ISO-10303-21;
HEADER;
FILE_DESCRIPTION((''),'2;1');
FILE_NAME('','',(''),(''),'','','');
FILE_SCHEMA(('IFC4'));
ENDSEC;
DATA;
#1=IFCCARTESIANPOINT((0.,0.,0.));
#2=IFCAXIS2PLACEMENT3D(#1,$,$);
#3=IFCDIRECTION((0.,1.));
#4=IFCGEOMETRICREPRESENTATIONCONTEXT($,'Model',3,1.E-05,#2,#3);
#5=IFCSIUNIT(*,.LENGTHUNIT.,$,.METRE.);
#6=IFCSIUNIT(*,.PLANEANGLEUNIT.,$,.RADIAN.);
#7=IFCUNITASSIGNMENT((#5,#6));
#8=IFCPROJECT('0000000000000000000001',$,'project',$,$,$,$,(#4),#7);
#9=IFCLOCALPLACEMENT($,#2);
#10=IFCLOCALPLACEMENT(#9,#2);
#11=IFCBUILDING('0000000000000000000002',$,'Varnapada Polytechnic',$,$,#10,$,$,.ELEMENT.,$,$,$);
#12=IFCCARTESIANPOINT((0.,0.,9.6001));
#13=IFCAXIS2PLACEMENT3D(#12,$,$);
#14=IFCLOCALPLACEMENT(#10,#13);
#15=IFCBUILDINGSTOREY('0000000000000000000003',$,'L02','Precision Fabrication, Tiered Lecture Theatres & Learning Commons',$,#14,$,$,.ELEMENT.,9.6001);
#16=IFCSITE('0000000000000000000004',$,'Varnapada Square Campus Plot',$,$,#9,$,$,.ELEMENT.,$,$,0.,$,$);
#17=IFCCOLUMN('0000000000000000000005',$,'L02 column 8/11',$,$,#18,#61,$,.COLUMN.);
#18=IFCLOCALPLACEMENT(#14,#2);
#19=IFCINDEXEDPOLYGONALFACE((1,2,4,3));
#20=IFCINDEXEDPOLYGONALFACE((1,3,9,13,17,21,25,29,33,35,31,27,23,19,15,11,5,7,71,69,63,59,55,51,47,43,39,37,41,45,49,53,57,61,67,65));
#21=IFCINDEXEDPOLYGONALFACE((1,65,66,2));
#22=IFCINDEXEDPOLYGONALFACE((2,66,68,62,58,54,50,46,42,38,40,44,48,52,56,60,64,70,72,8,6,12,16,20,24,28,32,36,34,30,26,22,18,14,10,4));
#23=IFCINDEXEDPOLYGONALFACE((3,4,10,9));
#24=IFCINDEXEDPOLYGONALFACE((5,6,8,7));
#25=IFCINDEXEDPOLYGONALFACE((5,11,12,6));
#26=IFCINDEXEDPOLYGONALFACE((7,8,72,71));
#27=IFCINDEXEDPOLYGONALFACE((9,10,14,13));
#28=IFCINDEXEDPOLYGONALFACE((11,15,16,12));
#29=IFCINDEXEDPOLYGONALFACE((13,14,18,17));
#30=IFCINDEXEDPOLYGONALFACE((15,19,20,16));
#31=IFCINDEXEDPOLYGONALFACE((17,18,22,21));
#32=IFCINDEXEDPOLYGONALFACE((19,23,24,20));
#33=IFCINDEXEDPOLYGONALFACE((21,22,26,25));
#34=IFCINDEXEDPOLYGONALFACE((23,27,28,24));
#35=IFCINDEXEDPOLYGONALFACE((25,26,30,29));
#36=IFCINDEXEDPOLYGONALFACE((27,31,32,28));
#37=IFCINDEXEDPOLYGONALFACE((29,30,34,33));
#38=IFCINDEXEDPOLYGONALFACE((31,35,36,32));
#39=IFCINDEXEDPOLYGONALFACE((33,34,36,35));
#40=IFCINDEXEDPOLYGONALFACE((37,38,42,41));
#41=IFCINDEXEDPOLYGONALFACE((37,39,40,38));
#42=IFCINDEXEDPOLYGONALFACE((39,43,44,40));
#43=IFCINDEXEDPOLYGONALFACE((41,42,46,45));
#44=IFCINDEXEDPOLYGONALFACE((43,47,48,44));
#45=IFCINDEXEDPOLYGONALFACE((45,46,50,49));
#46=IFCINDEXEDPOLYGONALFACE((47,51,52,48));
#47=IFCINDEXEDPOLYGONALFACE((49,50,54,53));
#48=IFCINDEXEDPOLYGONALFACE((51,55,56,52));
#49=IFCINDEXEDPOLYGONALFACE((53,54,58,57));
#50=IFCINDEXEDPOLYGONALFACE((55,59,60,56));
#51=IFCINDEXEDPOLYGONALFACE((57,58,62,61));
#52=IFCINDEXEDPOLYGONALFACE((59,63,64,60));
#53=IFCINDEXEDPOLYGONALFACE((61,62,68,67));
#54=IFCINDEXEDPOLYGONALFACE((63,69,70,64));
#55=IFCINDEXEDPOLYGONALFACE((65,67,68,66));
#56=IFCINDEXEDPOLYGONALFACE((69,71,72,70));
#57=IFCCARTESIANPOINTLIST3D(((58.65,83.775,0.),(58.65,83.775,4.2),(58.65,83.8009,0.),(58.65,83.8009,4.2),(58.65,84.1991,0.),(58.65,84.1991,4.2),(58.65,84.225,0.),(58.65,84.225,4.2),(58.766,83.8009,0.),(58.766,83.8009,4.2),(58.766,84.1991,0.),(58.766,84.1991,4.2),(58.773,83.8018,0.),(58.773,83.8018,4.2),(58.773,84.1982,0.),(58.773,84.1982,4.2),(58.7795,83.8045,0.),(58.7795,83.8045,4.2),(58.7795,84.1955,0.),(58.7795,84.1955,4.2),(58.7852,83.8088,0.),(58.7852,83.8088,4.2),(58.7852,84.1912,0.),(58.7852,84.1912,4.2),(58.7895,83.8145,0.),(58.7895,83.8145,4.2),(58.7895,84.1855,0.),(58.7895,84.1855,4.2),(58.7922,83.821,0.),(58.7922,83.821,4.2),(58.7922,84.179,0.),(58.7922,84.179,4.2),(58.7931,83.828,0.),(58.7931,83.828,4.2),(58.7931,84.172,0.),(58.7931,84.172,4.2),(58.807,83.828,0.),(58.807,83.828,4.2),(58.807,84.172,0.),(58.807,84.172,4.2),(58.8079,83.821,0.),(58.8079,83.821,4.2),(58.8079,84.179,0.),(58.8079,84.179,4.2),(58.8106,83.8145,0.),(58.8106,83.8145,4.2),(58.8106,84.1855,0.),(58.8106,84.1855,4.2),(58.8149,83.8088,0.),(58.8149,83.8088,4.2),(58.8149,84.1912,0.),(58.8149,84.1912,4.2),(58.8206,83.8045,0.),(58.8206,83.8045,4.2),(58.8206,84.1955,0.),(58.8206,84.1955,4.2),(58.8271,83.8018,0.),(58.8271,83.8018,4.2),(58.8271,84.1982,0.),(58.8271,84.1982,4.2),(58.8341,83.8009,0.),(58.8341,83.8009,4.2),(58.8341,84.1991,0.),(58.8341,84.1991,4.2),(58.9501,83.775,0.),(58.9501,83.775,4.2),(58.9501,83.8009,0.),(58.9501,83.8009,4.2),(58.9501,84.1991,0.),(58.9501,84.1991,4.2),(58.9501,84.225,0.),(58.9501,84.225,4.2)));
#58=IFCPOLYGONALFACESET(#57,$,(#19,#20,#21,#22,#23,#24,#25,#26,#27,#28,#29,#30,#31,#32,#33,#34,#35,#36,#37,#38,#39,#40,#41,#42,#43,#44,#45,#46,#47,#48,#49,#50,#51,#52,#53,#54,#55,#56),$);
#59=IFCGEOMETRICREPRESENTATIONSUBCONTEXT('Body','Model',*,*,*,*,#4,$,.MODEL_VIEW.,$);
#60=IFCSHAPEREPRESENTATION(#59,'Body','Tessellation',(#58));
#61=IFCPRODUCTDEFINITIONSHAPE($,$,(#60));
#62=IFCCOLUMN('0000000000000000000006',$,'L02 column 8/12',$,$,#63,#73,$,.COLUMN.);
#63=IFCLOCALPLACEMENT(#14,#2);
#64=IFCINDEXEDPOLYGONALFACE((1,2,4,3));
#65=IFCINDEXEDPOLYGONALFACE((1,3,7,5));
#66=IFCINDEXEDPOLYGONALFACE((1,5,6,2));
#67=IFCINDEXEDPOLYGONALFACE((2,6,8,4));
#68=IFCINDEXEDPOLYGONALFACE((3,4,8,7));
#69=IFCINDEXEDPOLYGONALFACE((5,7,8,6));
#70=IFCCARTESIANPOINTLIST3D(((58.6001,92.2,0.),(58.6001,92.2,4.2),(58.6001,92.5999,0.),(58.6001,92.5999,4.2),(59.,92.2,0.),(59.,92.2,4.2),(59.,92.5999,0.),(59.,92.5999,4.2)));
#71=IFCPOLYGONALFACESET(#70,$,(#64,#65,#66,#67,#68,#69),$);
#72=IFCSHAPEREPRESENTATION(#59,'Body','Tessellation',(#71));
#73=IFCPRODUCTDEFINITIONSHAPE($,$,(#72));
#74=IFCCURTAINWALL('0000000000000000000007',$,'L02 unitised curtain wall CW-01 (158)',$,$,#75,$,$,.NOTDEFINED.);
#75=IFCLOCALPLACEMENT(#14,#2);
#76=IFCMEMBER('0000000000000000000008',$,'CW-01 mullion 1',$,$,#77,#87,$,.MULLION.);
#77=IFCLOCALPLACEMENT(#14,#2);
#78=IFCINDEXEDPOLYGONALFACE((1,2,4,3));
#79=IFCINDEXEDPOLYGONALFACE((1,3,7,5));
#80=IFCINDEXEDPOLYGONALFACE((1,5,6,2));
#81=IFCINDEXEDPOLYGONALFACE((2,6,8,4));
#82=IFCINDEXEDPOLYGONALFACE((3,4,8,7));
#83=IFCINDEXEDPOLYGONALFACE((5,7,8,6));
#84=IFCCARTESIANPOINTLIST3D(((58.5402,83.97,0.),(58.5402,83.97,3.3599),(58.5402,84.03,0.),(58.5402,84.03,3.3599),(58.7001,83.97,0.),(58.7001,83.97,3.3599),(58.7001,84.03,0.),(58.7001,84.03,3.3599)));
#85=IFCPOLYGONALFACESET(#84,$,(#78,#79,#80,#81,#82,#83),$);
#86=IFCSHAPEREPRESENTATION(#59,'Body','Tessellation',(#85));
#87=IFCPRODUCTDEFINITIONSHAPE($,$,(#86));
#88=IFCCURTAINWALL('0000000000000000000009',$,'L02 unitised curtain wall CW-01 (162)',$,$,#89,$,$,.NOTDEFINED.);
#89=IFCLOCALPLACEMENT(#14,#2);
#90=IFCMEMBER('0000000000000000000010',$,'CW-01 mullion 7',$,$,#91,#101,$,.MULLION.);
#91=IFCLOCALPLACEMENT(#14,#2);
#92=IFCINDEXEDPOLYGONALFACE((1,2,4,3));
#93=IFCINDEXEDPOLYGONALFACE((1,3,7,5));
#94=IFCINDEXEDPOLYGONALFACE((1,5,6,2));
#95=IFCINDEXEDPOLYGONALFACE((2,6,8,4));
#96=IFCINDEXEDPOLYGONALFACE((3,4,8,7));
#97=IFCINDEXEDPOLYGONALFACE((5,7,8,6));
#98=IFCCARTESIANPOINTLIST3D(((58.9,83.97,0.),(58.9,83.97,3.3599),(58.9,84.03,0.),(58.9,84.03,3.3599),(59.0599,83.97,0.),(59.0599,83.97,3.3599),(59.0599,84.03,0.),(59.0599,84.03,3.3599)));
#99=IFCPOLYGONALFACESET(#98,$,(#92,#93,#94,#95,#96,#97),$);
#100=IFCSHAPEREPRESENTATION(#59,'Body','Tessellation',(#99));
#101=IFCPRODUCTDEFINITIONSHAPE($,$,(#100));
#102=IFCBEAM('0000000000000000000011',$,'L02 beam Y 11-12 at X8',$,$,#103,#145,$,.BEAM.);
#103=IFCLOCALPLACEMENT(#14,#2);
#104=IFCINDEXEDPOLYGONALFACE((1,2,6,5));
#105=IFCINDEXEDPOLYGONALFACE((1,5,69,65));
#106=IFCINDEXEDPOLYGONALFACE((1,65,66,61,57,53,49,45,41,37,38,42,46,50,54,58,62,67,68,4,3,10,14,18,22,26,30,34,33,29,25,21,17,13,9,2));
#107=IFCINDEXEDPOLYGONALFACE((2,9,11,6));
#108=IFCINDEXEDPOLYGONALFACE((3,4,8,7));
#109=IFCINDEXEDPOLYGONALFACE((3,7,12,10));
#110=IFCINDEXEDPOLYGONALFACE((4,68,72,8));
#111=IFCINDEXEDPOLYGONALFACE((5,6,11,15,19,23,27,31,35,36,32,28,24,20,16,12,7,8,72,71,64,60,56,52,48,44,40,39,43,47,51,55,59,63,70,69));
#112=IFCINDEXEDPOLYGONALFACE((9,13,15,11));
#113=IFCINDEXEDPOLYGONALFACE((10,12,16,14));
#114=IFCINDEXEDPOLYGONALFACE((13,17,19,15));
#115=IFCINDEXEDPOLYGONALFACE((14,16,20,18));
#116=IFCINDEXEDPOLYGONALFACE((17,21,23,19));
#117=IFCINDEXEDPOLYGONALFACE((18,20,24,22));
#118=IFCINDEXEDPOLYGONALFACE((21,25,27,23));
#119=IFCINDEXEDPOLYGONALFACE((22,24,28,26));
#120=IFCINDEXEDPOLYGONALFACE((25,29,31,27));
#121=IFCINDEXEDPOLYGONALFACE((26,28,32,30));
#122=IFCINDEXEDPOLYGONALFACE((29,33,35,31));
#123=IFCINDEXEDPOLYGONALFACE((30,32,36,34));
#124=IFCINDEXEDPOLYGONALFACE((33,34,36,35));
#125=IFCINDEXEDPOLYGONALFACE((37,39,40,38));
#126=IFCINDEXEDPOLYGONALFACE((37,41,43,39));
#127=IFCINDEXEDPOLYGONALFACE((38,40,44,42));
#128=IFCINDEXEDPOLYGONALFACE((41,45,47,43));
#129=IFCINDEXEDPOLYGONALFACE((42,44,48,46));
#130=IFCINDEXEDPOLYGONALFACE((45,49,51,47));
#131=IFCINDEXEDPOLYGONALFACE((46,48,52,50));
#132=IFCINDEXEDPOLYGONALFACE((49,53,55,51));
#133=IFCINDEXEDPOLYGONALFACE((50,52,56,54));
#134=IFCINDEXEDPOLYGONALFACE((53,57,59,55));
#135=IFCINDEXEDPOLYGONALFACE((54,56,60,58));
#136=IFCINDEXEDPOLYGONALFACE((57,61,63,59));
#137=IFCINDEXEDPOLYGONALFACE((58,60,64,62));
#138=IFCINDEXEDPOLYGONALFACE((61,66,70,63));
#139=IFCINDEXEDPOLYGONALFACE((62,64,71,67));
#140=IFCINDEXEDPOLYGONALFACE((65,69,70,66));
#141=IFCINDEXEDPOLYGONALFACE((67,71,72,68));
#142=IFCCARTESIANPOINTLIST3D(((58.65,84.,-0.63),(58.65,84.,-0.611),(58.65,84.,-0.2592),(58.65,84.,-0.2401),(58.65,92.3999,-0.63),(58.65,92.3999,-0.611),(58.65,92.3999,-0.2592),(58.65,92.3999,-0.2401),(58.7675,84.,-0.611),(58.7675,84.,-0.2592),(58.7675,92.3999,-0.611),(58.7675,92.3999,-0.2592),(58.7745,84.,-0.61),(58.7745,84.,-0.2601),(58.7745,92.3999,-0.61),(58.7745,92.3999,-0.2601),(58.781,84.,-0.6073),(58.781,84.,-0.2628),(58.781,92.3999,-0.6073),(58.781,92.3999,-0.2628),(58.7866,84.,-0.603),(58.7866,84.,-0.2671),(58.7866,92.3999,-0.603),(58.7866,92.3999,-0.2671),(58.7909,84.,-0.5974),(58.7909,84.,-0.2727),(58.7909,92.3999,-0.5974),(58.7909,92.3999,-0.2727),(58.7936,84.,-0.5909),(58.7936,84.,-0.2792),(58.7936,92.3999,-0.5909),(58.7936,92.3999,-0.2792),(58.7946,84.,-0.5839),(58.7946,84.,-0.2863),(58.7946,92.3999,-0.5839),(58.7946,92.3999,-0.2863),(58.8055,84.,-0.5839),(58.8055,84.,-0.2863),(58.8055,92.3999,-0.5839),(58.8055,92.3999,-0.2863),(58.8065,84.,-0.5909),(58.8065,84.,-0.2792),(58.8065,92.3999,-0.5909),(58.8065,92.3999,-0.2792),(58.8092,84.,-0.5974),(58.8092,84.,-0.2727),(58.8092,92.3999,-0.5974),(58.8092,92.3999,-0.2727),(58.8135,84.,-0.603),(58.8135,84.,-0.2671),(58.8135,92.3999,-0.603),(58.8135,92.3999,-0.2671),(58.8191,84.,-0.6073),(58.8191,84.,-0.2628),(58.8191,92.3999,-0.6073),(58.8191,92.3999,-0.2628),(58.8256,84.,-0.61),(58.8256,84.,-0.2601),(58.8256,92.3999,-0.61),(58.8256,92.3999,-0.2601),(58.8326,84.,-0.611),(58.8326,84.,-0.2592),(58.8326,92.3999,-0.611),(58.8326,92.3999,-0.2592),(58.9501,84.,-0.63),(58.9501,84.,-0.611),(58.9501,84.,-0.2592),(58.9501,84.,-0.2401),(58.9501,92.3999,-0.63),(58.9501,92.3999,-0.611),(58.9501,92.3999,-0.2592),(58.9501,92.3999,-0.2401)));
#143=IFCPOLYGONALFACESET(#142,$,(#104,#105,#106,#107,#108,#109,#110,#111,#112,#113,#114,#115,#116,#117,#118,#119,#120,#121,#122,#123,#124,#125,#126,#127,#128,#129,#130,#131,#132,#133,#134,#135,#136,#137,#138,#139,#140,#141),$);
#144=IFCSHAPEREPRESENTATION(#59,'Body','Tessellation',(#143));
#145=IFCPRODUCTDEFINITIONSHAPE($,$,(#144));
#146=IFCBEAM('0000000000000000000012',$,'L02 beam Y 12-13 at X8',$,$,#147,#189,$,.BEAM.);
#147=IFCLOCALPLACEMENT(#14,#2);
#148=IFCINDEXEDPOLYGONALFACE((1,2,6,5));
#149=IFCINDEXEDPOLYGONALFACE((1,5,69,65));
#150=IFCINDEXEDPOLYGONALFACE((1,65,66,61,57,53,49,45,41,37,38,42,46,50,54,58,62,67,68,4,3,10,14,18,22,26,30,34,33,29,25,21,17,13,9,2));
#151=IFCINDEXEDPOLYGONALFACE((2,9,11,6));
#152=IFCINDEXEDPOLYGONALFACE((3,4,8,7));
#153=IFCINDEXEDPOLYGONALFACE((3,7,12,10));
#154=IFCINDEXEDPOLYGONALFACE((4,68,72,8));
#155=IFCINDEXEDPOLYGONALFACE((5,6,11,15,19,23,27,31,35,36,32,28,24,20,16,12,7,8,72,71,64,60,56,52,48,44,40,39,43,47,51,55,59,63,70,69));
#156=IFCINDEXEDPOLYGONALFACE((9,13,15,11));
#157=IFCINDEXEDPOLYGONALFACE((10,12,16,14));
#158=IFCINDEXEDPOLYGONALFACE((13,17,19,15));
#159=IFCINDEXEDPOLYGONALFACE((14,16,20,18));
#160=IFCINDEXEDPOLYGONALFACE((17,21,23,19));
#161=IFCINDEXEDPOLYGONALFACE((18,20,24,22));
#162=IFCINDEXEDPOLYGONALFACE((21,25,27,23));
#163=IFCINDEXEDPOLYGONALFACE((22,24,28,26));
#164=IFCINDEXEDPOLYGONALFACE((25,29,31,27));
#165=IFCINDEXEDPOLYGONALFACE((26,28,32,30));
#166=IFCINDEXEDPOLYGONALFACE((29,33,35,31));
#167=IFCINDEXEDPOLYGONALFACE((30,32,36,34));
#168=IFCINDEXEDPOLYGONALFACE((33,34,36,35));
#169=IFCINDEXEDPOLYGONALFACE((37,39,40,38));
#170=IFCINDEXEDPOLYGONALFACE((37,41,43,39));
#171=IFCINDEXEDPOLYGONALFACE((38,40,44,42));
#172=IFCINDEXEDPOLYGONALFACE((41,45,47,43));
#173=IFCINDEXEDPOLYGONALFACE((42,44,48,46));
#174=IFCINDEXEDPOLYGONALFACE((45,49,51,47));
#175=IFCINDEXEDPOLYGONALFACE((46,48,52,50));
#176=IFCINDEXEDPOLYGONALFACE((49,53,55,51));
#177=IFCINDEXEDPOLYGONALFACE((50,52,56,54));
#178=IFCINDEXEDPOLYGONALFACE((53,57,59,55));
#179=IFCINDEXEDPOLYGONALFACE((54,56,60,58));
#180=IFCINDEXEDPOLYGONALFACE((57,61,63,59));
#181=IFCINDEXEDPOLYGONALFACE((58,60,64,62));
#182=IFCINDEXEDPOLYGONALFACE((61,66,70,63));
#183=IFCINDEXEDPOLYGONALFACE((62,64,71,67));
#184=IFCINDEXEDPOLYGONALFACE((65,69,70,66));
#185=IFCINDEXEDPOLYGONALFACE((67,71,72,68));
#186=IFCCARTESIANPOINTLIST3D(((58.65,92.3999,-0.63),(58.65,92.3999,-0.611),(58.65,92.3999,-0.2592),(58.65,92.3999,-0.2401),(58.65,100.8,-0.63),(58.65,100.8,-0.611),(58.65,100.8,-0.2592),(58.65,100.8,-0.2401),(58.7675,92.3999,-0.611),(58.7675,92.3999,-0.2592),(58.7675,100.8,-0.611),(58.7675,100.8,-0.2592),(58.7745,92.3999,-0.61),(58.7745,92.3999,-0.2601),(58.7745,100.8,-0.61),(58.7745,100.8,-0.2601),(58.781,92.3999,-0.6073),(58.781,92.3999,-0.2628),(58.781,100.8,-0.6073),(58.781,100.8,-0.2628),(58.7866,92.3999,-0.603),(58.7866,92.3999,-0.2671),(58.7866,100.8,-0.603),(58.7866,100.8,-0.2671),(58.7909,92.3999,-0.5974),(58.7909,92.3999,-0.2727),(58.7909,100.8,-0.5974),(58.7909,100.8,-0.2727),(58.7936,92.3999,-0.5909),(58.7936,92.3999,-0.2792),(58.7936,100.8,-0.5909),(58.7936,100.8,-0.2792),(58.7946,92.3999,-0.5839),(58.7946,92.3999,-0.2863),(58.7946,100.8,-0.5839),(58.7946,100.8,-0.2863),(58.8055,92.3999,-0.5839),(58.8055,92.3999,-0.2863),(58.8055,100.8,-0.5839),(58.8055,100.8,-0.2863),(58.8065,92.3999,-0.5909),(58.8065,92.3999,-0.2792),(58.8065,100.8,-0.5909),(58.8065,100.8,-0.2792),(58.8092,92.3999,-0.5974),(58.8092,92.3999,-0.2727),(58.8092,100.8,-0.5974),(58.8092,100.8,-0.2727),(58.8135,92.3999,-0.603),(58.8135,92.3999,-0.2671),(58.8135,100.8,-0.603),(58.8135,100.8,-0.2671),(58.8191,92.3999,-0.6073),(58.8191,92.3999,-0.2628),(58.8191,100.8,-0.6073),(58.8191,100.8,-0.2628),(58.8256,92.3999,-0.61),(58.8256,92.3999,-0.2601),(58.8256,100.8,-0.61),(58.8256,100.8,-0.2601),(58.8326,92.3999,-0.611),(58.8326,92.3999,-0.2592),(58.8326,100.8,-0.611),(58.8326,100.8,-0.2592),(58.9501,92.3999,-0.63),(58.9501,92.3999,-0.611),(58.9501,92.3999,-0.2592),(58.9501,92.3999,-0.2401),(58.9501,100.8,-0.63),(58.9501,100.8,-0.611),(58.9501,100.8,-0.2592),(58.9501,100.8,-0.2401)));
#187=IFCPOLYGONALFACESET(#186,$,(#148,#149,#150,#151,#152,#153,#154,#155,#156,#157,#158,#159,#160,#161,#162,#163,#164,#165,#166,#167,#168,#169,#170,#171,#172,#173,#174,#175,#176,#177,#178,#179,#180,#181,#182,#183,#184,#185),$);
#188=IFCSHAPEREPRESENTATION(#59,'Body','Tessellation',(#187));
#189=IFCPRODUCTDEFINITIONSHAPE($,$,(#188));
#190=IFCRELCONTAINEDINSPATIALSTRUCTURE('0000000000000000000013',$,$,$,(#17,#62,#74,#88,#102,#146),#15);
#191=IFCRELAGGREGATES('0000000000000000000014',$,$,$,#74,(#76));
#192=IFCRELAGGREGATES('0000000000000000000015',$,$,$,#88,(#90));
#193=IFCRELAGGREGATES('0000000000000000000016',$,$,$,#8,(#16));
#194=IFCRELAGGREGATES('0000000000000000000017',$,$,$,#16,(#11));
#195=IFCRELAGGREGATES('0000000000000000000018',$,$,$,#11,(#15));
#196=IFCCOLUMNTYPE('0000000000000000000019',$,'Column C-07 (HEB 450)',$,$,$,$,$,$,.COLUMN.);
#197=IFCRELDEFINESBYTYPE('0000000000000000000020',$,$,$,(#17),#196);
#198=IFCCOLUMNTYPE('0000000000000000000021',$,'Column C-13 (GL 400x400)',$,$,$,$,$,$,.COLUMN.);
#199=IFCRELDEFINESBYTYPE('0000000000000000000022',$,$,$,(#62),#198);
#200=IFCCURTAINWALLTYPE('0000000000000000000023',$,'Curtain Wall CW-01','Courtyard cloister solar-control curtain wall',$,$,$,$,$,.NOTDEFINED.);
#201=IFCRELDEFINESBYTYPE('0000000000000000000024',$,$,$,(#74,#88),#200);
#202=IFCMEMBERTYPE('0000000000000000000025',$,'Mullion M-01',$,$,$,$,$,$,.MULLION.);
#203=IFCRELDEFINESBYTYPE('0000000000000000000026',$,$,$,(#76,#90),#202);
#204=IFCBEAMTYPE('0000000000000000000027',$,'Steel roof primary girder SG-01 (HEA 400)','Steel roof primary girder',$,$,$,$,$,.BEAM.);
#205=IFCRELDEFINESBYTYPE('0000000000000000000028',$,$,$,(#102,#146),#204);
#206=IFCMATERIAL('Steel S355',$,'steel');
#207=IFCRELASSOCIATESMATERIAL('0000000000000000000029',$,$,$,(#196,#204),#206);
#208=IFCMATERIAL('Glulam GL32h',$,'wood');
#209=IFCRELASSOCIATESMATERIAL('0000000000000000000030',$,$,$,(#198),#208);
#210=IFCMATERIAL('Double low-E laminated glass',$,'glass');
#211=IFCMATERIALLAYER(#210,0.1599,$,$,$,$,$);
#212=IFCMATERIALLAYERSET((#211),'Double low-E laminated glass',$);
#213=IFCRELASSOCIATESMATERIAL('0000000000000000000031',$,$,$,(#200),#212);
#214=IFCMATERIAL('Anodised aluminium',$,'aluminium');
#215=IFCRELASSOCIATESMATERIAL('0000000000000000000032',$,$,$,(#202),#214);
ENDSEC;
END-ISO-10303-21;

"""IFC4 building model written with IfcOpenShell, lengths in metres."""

from ifc_helpers import new_model, si_unit, direction, frame, origin, origin_2d, place, context, subcontext, project, spatial, rectangle, i_section, extrude, material, layer, layer_set, material_profile, profile_set, type_object, element, aggregate, save


model = new_model("IFC4")

# Units and contexts
model_context = context("Model", 3, precision=1e-05, world=origin(), true_north=direction((0.0, 1.0)))
body_context = subcontext(model_context, "Body", "Model", "MODEL_VIEW")
ifc_project = project(units=[si_unit("LENGTHUNIT", "METRE"), si_unit("PLANEANGLEUNIT", "RADIAN")], contexts=[model_context])

# Site, building, storey
site_placement = place(None, origin())
site = spatial("IfcSite", under=ifc_project, at=site_placement, Name="Varnapada Square Campus Plot", CompositionType="ELEMENT", RefElevation=0.0)
building_placement = place(site_placement, origin())
building = spatial("IfcBuilding", under=site, at=building_placement, Name="Varnapada Polytechnic", CompositionType="ELEMENT")
storey_placement = place(building_placement, frame((0.0, 0.0, 9.6001)))
storey = spatial("IfcBuildingStorey", under=building, at=storey_placement, Name="L02", Description="Precision Fabrication, Tiered Lecture Theatres & Learning Commons", CompositionType="ELEMENT", Elevation=9.6001)

# Columns
ifc_material_1 = material(Name="Steel S355", Category="steel")
ifc_material_profile_1 = material_profile(ifc_material_1, i_section(OverallWidth=0.3, OverallDepth=0.45, WebThickness=0.0139, FlangeThickness=0.0259, FilletRadius=0.0271, at=origin_2d()), Name="HEB 450")
ifc_profile_set_1 = profile_set([ifc_material_profile_1], Name="Steel S355")
column_type_1 = type_object("IfcColumnType", Name="Column C-07 (HEB 450)", PredefinedType="COLUMN", material=ifc_profile_set_1)
column_1_placement = place(storey_placement, frame((58.8, 84.0, 0.0), z_axis=(0.0, 0.0, 1.0), x_axis=(1.0, 0.0, 0.0)))
element("IfcColumn", 1, at=column_1_placement, inside=storey, type_object=column_type_1, Name="L02 column 8/11", PredefinedType="COLUMN", context=body_context, shape_type="SweptSolid", body=[
    extrude(i_section(OverallWidth=0.3, OverallDepth=0.45, WebThickness=0.0139, FlangeThickness=0.0259, FilletRadius=0.0271, at=origin_2d()), origin(), (0.0, 0.0, 1.0), 4.2),
])
ifc_material_2 = material(Name="Glulam GL32h", Category="wood")
ifc_material_profile_2 = material_profile(ifc_material_2, rectangle(XDim=0.3999, YDim=0.3999, at=origin_2d()), Name="GL 400x400")
ifc_profile_set_2 = profile_set([ifc_material_profile_2], Name="Glulam GL32h")
column_type_2 = type_object("IfcColumnType", Name="Column C-13 (GL 400x400)", PredefinedType="COLUMN", material=ifc_profile_set_2)
column_2_placement = place(storey_placement, frame((58.8, 92.3999, 0.0), z_axis=(0.0, 0.0, 1.0), x_axis=(1.0, 0.0, 0.0)))
element("IfcColumn", 2, at=column_2_placement, inside=storey, type_object=column_type_2, Name="L02 column 8/12", PredefinedType="COLUMN", context=body_context, shape_type="SweptSolid", body=[
    extrude(rectangle(XDim=0.3999, YDim=0.3999, at=origin_2d()), origin(), (0.0, 0.0, 1.0), 4.2),
])

# Curtain walls, members
ifc_material_3 = material(Name="Double low-E laminated glass", Category="glass")
ifc_layer_1 = layer(ifc_material_3, 0.1599)
ifc_layer_set_1 = layer_set([ifc_layer_1], Name="Double low-E laminated glass")
curtain_wall_type = type_object("IfcCurtainWallType", Name="Curtain Wall CW-01", Description="Courtyard cloister solar-control curtain wall", PredefinedType="NOTDEFINED", material=ifc_layer_set_1)
curtain_wall_1_placement = place(storey_placement, origin())
curtain_wall_1 = element("IfcCurtainWall", 3, at=curtain_wall_1_placement, inside=storey, type_object=curtain_wall_type, Name="L02 unitised curtain wall CW-01 (158)", PredefinedType="NOTDEFINED")
ifc_material_4 = material(Name="Anodised aluminium", Category="aluminium")
ifc_material_profile_3 = material_profile(ifc_material_4, rectangle(XDim=0.0601, YDim=0.1599, at=origin_2d()), Name="ALU M60x160")
ifc_profile_set_3 = profile_set([ifc_material_profile_3], Name="Anodised aluminium")
member_type = type_object("IfcMemberType", Name="Mullion M-01", PredefinedType="MULLION", material=ifc_profile_set_3)
member_1_placement = place(storey_placement, frame((58.6201, 84.0, 0.0), z_axis=(0.0, 0.0, 1.0), x_axis=(0.0, -1.0, 0.0)))
member_1 = element("IfcMember", 4, at=member_1_placement, type_object=member_type, Name="CW-01 mullion 1", PredefinedType="MULLION", context=body_context, shape_type="SweptSolid", body=[
    extrude(rectangle(XDim=0.0601, YDim=0.1599, at=origin_2d()), origin(), (0.0, 0.0, 1.0), 3.3599),
])
aggregate(curtain_wall_1, [member_1])
curtain_wall_2_placement = place(storey_placement, origin())
curtain_wall_2 = element("IfcCurtainWall", 5, at=curtain_wall_2_placement, inside=storey, type_object=curtain_wall_type, Name="L02 unitised curtain wall CW-01 (162)", PredefinedType="NOTDEFINED")
member_2_placement = place(storey_placement, frame((58.98, 84.0, 0.0), z_axis=(0.0, 0.0, 1.0), x_axis=(0.0, -1.0, 0.0)))
member_2 = element("IfcMember", 6, at=member_2_placement, type_object=member_type, Name="CW-01 mullion 7", PredefinedType="MULLION", context=body_context, shape_type="SweptSolid", body=[
    extrude(rectangle(XDim=0.0601, YDim=0.1599, at=origin_2d()), origin(), (0.0, 0.0, 1.0), 3.3599),
])

# Beams
ifc_material_profile_4 = material_profile(ifc_material_1, i_section(OverallWidth=0.3, OverallDepth=0.3899, WebThickness=0.011, FlangeThickness=0.019, FilletRadius=0.0271, at=origin_2d()), Name="HEA 400")
ifc_profile_set_4 = profile_set([ifc_material_profile_4], Name="Steel S355")
beam_type_1 = type_object("IfcBeamType", Name="Steel roof primary girder SG-01 (HEA 400)", Description="Steel roof primary girder", PredefinedType="BEAM", material=ifc_profile_set_4)
beam_1_placement = place(storey_placement, frame((58.8, 84.0, -0.4351), z_axis=(0.0, 1.0, 0.0), x_axis=(-1.0, 0.0, 0.0)))
element("IfcBeam", 7, at=beam_1_placement, inside=storey, type_object=beam_type_1, Name="L02 beam Y 11-12 at X8", PredefinedType="BEAM", context=body_context, shape_type="SweptSolid", body=[
    extrude(i_section(OverallWidth=0.3, OverallDepth=0.3899, WebThickness=0.011, FlangeThickness=0.019, FilletRadius=0.0271, at=origin_2d()), origin(), (0.0, 0.0, 1.0), 8.3999),
])
beam_2_placement = place(storey_placement, frame((58.8, 92.3999, -0.4351), z_axis=(0.0, 1.0, 0.0), x_axis=(-1.0, 0.0, 0.0)))
element("IfcBeam", 8, at=beam_2_placement, inside=storey, type_object=beam_type_1, Name="L02 beam Y 12-13 at X8", PredefinedType="BEAM", context=body_context, shape_type="SweptSolid", body=[
    extrude(i_section(OverallWidth=0.3, OverallDepth=0.3899, WebThickness=0.011, FlangeThickness=0.019, FilletRadius=0.0271, at=origin_2d()), origin(), (0.0, 0.0, 1.0), 8.4001),
])

aggregate(curtain_wall_2, [member_2])

save(model, "model.ifc")
